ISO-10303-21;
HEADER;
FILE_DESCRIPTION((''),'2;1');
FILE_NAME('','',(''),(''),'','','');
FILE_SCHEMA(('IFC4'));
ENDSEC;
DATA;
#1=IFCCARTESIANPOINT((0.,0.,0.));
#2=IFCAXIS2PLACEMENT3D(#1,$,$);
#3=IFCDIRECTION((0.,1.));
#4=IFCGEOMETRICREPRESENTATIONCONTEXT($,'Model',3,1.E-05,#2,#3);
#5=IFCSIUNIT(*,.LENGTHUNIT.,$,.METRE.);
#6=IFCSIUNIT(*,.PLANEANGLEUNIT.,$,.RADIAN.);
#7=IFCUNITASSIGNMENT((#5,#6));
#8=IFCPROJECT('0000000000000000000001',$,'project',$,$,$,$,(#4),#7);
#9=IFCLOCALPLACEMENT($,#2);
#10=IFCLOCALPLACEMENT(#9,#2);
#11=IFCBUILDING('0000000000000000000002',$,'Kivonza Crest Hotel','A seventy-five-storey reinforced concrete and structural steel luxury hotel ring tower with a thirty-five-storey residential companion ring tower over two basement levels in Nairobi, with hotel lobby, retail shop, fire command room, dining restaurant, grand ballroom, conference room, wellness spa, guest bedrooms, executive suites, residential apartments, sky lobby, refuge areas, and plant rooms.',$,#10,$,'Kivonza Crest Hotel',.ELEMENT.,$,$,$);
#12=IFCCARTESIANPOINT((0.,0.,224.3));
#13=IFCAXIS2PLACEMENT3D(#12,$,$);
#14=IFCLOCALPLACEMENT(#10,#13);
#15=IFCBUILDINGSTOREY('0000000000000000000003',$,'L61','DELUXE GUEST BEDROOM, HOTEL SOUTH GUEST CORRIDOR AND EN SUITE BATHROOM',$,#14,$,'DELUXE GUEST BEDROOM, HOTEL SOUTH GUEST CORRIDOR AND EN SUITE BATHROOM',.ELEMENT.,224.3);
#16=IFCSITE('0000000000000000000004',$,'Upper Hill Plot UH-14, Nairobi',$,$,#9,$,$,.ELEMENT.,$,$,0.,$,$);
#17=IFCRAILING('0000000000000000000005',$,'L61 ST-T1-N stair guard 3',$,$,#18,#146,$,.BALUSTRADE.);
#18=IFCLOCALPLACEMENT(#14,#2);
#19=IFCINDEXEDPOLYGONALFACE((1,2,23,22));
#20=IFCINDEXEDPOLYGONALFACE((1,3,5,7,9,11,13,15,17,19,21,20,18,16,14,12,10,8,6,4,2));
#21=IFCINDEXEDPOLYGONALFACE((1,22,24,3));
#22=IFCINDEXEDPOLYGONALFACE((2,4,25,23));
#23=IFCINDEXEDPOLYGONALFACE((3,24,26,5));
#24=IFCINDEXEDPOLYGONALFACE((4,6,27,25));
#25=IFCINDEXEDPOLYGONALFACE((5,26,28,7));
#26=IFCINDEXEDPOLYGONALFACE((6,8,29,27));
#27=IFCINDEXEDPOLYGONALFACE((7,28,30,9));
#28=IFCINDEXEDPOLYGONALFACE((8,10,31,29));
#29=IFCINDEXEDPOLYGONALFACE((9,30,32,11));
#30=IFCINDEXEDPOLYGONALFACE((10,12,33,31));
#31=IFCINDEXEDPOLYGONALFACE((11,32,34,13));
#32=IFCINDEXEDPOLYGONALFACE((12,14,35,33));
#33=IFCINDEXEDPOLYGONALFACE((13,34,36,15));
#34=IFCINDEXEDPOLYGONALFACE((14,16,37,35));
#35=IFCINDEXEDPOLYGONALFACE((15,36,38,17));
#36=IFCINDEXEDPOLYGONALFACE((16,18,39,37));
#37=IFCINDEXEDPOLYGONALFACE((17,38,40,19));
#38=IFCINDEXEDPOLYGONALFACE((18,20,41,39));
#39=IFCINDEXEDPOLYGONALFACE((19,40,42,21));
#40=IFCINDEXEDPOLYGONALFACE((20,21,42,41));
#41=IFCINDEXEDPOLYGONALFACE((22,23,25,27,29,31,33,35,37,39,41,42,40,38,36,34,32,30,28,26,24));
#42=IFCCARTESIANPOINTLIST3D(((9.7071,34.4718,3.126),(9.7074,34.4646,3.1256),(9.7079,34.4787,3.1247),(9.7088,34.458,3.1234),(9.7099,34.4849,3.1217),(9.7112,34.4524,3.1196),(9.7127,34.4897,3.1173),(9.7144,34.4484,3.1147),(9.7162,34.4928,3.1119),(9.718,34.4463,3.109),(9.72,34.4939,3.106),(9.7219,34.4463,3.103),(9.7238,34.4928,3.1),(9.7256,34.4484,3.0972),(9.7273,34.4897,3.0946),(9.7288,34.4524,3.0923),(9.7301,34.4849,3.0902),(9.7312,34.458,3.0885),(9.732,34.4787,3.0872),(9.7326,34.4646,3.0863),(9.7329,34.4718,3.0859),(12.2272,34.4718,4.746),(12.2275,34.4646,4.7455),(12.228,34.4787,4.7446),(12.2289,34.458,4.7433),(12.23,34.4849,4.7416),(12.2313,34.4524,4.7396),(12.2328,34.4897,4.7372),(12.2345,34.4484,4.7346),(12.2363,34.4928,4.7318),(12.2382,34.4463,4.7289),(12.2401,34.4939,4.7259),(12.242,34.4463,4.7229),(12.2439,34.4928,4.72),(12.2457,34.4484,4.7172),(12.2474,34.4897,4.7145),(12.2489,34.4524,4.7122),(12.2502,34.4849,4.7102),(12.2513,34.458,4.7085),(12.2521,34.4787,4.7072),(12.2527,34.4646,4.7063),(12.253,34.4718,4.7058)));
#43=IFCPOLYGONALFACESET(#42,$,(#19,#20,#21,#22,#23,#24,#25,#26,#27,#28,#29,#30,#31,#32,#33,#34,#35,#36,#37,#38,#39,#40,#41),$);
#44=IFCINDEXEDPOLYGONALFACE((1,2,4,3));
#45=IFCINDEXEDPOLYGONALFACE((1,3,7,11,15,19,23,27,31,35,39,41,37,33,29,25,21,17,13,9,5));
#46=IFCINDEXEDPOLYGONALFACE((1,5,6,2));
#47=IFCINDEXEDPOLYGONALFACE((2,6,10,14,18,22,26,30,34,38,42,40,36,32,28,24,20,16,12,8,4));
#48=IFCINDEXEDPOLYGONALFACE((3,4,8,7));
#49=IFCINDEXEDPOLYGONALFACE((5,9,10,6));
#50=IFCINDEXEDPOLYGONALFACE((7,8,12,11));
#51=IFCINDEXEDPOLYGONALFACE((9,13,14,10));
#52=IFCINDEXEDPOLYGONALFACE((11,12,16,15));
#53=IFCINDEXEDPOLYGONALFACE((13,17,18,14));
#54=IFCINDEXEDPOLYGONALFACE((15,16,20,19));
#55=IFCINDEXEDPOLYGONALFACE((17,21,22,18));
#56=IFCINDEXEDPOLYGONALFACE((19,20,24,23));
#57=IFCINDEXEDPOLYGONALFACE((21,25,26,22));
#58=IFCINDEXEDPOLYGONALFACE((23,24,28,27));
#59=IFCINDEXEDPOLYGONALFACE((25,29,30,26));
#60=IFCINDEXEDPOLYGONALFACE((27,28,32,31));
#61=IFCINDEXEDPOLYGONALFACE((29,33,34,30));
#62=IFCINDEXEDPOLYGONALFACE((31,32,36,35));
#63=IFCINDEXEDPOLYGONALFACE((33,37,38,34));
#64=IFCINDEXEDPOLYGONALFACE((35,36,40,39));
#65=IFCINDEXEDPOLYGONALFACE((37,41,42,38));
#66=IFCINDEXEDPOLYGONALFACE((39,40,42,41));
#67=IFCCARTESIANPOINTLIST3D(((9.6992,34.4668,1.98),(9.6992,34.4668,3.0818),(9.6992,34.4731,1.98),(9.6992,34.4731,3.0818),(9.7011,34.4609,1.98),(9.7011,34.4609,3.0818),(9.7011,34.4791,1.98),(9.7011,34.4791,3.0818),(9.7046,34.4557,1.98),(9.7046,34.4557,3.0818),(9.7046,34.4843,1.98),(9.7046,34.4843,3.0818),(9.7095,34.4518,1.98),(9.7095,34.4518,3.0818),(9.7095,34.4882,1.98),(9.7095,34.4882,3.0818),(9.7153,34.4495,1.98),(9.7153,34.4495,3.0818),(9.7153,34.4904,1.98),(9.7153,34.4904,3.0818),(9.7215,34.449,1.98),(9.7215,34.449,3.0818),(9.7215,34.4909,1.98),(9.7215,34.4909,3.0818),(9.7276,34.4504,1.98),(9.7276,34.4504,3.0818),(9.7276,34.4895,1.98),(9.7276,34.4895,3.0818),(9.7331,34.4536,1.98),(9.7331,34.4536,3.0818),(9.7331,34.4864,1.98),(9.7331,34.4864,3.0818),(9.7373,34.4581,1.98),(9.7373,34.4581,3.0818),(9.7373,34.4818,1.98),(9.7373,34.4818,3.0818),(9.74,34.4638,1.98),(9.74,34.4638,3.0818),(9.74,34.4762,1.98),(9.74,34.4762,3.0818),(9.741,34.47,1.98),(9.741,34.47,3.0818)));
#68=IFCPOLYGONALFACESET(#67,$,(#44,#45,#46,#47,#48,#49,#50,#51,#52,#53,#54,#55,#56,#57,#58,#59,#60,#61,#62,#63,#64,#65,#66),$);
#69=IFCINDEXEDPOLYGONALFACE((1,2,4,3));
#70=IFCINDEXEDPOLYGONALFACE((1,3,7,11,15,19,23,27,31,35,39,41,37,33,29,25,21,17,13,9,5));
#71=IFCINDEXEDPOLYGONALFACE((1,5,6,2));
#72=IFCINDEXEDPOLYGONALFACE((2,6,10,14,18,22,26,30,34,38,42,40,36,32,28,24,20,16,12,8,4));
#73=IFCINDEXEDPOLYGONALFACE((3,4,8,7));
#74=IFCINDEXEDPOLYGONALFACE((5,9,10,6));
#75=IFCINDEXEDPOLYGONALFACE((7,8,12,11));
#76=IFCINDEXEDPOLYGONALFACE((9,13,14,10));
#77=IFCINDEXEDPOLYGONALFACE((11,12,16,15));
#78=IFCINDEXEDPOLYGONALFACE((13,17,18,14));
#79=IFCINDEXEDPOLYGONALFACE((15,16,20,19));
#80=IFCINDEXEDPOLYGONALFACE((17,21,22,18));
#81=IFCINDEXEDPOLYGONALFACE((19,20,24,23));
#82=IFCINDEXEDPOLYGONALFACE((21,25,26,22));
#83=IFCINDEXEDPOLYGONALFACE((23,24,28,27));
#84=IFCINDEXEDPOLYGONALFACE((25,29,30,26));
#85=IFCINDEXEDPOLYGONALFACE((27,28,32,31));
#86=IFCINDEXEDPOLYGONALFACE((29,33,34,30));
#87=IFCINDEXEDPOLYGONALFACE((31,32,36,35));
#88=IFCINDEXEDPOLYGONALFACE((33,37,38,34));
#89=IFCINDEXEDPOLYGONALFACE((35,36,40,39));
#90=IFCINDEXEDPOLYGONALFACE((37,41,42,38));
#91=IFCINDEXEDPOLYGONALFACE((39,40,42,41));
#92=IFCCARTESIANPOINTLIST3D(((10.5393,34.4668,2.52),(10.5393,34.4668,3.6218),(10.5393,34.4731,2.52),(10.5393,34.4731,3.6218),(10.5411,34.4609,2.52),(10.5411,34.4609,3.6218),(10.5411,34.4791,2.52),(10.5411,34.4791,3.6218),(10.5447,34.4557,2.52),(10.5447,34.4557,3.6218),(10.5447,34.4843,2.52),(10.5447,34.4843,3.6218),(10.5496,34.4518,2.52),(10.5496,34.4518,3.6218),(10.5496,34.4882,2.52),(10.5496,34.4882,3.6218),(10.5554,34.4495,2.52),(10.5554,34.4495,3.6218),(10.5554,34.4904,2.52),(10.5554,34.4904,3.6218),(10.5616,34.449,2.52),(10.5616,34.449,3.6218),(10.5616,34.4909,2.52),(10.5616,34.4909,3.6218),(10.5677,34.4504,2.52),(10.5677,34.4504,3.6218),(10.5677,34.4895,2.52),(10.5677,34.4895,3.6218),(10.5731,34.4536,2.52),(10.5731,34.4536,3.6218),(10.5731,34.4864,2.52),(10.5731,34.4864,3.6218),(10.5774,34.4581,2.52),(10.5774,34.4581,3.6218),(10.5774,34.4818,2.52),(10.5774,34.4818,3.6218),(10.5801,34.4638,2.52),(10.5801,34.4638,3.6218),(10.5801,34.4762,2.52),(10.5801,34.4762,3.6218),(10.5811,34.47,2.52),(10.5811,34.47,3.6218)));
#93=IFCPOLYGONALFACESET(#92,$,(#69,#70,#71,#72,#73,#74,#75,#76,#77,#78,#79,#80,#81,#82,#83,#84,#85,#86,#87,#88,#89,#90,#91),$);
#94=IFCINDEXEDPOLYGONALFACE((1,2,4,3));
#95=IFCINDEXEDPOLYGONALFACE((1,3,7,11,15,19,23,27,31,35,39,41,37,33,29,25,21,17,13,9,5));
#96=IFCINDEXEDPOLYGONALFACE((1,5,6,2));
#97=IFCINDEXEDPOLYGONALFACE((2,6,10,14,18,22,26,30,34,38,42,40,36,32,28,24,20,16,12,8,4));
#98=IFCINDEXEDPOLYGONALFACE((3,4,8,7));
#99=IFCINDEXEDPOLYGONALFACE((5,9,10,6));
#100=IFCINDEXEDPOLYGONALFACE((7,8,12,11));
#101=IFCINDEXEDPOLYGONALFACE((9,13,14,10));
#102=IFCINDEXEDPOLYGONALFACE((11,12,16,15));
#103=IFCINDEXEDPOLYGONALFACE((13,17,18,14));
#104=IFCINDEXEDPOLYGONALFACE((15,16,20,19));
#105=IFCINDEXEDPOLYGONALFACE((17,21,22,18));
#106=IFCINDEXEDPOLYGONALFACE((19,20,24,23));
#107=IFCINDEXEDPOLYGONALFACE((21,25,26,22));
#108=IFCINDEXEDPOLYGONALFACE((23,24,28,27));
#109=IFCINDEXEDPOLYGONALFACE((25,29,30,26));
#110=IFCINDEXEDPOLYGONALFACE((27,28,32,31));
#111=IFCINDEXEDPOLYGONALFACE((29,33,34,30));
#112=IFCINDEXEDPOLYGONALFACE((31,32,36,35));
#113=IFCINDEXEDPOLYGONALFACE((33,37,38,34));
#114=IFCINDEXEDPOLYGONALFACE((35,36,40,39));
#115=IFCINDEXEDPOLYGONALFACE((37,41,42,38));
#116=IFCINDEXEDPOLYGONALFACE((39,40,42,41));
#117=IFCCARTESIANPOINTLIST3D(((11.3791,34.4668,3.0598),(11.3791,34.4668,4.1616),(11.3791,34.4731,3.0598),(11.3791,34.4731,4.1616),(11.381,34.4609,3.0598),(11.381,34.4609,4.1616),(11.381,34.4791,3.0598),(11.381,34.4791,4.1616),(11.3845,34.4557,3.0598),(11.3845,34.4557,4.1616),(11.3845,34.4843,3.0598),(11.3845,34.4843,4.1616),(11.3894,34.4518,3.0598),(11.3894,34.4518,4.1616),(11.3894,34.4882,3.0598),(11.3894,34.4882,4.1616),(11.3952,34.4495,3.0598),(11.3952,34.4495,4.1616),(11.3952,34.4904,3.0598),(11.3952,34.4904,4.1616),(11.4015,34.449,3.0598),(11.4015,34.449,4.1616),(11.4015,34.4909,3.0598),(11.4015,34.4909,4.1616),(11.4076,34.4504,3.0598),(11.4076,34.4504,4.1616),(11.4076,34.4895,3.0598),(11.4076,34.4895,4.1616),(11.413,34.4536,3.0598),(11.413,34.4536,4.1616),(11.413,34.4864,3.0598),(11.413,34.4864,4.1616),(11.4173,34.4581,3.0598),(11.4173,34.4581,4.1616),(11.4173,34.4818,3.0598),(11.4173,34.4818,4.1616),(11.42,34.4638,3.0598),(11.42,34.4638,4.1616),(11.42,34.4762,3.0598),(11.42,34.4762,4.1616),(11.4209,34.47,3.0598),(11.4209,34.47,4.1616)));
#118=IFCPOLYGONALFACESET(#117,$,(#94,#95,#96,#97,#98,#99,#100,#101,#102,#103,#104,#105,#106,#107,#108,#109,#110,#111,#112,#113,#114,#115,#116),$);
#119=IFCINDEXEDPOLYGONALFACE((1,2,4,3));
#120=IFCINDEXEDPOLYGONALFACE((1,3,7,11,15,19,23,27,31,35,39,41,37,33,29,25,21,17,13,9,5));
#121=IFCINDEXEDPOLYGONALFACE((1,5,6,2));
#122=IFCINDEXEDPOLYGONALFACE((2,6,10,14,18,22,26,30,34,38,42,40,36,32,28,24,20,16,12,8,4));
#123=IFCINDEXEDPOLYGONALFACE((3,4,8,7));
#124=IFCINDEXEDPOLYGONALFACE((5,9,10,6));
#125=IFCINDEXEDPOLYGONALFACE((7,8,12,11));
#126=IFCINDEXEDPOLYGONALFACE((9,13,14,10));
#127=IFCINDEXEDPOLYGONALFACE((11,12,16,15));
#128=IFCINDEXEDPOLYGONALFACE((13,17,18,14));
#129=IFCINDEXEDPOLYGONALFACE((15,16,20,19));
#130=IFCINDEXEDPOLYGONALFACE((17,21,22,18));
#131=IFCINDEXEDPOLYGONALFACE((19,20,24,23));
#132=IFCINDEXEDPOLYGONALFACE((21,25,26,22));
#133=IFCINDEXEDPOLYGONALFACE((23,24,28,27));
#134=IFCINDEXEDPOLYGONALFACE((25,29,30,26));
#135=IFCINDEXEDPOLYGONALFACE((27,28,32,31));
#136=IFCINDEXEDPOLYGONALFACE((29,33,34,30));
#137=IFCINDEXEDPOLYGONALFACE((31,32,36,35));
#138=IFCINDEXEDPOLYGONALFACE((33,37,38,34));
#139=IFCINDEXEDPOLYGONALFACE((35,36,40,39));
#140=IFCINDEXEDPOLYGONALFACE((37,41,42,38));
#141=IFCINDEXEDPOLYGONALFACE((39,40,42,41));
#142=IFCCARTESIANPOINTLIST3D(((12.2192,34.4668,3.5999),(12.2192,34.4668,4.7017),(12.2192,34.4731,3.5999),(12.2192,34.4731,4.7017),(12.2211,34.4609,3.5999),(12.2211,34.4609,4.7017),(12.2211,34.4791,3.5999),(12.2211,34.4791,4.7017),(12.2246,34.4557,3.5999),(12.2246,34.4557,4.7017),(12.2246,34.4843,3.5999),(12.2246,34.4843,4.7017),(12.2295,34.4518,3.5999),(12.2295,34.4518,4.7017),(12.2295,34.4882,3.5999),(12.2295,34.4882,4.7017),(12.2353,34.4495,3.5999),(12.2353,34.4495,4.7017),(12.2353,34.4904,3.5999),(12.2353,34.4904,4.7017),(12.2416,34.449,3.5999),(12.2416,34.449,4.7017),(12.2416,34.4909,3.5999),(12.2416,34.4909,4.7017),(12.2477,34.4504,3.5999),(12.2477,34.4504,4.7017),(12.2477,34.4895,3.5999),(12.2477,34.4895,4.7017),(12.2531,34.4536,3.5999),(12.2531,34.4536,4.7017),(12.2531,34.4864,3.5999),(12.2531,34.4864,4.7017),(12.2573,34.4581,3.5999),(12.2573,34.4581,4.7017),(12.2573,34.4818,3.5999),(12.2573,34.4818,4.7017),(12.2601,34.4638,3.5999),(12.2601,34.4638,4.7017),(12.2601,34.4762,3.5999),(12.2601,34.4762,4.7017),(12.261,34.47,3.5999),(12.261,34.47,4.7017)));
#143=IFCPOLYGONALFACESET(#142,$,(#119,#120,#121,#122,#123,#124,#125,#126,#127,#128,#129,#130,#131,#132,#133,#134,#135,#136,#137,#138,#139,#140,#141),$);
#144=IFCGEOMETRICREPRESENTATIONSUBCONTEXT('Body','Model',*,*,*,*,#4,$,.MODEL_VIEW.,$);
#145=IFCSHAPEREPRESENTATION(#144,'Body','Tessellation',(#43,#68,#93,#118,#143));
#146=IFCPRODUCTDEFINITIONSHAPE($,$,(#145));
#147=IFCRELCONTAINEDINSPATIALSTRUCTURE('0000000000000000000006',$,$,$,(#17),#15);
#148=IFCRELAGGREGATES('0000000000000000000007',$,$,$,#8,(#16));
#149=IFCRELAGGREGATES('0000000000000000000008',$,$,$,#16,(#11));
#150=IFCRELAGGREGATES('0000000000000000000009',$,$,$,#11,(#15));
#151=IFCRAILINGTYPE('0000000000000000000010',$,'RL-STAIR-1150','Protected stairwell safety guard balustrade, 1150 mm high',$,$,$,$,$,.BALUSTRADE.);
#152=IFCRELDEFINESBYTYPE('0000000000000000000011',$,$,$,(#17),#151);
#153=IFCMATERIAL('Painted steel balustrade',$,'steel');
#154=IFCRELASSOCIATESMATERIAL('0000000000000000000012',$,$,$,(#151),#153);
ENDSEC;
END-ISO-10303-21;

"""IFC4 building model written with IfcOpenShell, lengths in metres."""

from ifc_helpers import new_model, si_unit, direction, frame, origin, origin_2d, place, context, subcontext, project, spatial, circle, extrude, material, type_object, element, save


model = new_model("IFC4")

# Units and contexts
model_context = context("Model", 3, precision=1e-05, world=origin(), true_north=direction((0.0, 1.0)))
body_context = subcontext(model_context, "Body", "Model", "MODEL_VIEW")
ifc_project = project(units=[si_unit("LENGTHUNIT", "METRE"), si_unit("PLANEANGLEUNIT", "RADIAN")], contexts=[model_context])

# Site, building, storey
site_placement = place(None, origin())
site = spatial("IfcSite", under=ifc_project, at=site_placement, Name="Upper Hill Plot UH-14, Nairobi", CompositionType="ELEMENT", RefElevation=0.0)
building_placement = place(site_placement, origin())
building = spatial("IfcBuilding", under=site, at=building_placement, Name="Kivonza Crest Hotel", Description="A seventy-five-storey reinforced concrete and structural steel luxury hotel ring tower with a thirty-five-storey residential companion ring tower over two basement levels in Nairobi, with hotel lobby, retail shop, fire command room, dining restaurant, grand ballroom, conference room, wellness spa, guest bedrooms, executive suites, residential apartments, sky lobby, refuge areas, and plant rooms.", LongName="Kivonza Crest Hotel", CompositionType="ELEMENT")
storey_placement = place(building_placement, frame((0.0, 0.0, 224.3)))
storey = spatial("IfcBuildingStorey", under=building, at=storey_placement, Name="L61", Description="DELUXE GUEST BEDROOM, HOTEL SOUTH GUEST CORRIDOR AND EN SUITE BATHROOM", LongName="DELUXE GUEST BEDROOM, HOTEL SOUTH GUEST CORRIDOR AND EN SUITE BATHROOM", CompositionType="ELEMENT", Elevation=224.3)

# Railing
ifc_material_1 = material(Name="Painted steel balustrade", Category="steel")
railing_type = type_object("IfcRailingType", Name="RL-STAIR-1150", Description="Protected stairwell safety guard balustrade, 1150 mm high", PredefinedType="BALUSTRADE", material=ifc_material_1)
railing_1_placement = place(storey_placement, frame((9.72, 34.47, 1.98)))
element("IfcRailing", 1, at=railing_1_placement, inside=storey, type_object=railing_type, Name="L61 ST-T1-N stair guard 3", PredefinedType="BALUSTRADE", context=body_context, shape_type="SweptSolid", body=[
    extrude(circle(Radius=0.0239, at=origin_2d()), frame((0.0, 0.0, 1.126), z_axis=(0.8412, 0.0, 0.540725), x_axis=(0.0, 1.0, 0.0)), (0.0, 0.0, 1.0), 2.9958),
    extrude(circle(Radius=0.021, at=origin_2d()), origin(), (0.0, 0.0, 1.0), 1.1018),
    extrude(circle(Radius=0.021, at=origin_2d()), frame((0.8401, 0.0, 0.54)), (0.0, 0.0, 1.0), 1.1018),
    extrude(circle(Radius=0.021, at=origin_2d()), frame((1.6799, 0.0, 1.0798)), (0.0, 0.0, 1.0), 1.1018),
    extrude(circle(Radius=0.021, at=origin_2d()), frame((2.52, 0.0, 1.6199)), (0.0, 0.0, 1.0), 1.1018),
])

save(model, "model.ifc")
